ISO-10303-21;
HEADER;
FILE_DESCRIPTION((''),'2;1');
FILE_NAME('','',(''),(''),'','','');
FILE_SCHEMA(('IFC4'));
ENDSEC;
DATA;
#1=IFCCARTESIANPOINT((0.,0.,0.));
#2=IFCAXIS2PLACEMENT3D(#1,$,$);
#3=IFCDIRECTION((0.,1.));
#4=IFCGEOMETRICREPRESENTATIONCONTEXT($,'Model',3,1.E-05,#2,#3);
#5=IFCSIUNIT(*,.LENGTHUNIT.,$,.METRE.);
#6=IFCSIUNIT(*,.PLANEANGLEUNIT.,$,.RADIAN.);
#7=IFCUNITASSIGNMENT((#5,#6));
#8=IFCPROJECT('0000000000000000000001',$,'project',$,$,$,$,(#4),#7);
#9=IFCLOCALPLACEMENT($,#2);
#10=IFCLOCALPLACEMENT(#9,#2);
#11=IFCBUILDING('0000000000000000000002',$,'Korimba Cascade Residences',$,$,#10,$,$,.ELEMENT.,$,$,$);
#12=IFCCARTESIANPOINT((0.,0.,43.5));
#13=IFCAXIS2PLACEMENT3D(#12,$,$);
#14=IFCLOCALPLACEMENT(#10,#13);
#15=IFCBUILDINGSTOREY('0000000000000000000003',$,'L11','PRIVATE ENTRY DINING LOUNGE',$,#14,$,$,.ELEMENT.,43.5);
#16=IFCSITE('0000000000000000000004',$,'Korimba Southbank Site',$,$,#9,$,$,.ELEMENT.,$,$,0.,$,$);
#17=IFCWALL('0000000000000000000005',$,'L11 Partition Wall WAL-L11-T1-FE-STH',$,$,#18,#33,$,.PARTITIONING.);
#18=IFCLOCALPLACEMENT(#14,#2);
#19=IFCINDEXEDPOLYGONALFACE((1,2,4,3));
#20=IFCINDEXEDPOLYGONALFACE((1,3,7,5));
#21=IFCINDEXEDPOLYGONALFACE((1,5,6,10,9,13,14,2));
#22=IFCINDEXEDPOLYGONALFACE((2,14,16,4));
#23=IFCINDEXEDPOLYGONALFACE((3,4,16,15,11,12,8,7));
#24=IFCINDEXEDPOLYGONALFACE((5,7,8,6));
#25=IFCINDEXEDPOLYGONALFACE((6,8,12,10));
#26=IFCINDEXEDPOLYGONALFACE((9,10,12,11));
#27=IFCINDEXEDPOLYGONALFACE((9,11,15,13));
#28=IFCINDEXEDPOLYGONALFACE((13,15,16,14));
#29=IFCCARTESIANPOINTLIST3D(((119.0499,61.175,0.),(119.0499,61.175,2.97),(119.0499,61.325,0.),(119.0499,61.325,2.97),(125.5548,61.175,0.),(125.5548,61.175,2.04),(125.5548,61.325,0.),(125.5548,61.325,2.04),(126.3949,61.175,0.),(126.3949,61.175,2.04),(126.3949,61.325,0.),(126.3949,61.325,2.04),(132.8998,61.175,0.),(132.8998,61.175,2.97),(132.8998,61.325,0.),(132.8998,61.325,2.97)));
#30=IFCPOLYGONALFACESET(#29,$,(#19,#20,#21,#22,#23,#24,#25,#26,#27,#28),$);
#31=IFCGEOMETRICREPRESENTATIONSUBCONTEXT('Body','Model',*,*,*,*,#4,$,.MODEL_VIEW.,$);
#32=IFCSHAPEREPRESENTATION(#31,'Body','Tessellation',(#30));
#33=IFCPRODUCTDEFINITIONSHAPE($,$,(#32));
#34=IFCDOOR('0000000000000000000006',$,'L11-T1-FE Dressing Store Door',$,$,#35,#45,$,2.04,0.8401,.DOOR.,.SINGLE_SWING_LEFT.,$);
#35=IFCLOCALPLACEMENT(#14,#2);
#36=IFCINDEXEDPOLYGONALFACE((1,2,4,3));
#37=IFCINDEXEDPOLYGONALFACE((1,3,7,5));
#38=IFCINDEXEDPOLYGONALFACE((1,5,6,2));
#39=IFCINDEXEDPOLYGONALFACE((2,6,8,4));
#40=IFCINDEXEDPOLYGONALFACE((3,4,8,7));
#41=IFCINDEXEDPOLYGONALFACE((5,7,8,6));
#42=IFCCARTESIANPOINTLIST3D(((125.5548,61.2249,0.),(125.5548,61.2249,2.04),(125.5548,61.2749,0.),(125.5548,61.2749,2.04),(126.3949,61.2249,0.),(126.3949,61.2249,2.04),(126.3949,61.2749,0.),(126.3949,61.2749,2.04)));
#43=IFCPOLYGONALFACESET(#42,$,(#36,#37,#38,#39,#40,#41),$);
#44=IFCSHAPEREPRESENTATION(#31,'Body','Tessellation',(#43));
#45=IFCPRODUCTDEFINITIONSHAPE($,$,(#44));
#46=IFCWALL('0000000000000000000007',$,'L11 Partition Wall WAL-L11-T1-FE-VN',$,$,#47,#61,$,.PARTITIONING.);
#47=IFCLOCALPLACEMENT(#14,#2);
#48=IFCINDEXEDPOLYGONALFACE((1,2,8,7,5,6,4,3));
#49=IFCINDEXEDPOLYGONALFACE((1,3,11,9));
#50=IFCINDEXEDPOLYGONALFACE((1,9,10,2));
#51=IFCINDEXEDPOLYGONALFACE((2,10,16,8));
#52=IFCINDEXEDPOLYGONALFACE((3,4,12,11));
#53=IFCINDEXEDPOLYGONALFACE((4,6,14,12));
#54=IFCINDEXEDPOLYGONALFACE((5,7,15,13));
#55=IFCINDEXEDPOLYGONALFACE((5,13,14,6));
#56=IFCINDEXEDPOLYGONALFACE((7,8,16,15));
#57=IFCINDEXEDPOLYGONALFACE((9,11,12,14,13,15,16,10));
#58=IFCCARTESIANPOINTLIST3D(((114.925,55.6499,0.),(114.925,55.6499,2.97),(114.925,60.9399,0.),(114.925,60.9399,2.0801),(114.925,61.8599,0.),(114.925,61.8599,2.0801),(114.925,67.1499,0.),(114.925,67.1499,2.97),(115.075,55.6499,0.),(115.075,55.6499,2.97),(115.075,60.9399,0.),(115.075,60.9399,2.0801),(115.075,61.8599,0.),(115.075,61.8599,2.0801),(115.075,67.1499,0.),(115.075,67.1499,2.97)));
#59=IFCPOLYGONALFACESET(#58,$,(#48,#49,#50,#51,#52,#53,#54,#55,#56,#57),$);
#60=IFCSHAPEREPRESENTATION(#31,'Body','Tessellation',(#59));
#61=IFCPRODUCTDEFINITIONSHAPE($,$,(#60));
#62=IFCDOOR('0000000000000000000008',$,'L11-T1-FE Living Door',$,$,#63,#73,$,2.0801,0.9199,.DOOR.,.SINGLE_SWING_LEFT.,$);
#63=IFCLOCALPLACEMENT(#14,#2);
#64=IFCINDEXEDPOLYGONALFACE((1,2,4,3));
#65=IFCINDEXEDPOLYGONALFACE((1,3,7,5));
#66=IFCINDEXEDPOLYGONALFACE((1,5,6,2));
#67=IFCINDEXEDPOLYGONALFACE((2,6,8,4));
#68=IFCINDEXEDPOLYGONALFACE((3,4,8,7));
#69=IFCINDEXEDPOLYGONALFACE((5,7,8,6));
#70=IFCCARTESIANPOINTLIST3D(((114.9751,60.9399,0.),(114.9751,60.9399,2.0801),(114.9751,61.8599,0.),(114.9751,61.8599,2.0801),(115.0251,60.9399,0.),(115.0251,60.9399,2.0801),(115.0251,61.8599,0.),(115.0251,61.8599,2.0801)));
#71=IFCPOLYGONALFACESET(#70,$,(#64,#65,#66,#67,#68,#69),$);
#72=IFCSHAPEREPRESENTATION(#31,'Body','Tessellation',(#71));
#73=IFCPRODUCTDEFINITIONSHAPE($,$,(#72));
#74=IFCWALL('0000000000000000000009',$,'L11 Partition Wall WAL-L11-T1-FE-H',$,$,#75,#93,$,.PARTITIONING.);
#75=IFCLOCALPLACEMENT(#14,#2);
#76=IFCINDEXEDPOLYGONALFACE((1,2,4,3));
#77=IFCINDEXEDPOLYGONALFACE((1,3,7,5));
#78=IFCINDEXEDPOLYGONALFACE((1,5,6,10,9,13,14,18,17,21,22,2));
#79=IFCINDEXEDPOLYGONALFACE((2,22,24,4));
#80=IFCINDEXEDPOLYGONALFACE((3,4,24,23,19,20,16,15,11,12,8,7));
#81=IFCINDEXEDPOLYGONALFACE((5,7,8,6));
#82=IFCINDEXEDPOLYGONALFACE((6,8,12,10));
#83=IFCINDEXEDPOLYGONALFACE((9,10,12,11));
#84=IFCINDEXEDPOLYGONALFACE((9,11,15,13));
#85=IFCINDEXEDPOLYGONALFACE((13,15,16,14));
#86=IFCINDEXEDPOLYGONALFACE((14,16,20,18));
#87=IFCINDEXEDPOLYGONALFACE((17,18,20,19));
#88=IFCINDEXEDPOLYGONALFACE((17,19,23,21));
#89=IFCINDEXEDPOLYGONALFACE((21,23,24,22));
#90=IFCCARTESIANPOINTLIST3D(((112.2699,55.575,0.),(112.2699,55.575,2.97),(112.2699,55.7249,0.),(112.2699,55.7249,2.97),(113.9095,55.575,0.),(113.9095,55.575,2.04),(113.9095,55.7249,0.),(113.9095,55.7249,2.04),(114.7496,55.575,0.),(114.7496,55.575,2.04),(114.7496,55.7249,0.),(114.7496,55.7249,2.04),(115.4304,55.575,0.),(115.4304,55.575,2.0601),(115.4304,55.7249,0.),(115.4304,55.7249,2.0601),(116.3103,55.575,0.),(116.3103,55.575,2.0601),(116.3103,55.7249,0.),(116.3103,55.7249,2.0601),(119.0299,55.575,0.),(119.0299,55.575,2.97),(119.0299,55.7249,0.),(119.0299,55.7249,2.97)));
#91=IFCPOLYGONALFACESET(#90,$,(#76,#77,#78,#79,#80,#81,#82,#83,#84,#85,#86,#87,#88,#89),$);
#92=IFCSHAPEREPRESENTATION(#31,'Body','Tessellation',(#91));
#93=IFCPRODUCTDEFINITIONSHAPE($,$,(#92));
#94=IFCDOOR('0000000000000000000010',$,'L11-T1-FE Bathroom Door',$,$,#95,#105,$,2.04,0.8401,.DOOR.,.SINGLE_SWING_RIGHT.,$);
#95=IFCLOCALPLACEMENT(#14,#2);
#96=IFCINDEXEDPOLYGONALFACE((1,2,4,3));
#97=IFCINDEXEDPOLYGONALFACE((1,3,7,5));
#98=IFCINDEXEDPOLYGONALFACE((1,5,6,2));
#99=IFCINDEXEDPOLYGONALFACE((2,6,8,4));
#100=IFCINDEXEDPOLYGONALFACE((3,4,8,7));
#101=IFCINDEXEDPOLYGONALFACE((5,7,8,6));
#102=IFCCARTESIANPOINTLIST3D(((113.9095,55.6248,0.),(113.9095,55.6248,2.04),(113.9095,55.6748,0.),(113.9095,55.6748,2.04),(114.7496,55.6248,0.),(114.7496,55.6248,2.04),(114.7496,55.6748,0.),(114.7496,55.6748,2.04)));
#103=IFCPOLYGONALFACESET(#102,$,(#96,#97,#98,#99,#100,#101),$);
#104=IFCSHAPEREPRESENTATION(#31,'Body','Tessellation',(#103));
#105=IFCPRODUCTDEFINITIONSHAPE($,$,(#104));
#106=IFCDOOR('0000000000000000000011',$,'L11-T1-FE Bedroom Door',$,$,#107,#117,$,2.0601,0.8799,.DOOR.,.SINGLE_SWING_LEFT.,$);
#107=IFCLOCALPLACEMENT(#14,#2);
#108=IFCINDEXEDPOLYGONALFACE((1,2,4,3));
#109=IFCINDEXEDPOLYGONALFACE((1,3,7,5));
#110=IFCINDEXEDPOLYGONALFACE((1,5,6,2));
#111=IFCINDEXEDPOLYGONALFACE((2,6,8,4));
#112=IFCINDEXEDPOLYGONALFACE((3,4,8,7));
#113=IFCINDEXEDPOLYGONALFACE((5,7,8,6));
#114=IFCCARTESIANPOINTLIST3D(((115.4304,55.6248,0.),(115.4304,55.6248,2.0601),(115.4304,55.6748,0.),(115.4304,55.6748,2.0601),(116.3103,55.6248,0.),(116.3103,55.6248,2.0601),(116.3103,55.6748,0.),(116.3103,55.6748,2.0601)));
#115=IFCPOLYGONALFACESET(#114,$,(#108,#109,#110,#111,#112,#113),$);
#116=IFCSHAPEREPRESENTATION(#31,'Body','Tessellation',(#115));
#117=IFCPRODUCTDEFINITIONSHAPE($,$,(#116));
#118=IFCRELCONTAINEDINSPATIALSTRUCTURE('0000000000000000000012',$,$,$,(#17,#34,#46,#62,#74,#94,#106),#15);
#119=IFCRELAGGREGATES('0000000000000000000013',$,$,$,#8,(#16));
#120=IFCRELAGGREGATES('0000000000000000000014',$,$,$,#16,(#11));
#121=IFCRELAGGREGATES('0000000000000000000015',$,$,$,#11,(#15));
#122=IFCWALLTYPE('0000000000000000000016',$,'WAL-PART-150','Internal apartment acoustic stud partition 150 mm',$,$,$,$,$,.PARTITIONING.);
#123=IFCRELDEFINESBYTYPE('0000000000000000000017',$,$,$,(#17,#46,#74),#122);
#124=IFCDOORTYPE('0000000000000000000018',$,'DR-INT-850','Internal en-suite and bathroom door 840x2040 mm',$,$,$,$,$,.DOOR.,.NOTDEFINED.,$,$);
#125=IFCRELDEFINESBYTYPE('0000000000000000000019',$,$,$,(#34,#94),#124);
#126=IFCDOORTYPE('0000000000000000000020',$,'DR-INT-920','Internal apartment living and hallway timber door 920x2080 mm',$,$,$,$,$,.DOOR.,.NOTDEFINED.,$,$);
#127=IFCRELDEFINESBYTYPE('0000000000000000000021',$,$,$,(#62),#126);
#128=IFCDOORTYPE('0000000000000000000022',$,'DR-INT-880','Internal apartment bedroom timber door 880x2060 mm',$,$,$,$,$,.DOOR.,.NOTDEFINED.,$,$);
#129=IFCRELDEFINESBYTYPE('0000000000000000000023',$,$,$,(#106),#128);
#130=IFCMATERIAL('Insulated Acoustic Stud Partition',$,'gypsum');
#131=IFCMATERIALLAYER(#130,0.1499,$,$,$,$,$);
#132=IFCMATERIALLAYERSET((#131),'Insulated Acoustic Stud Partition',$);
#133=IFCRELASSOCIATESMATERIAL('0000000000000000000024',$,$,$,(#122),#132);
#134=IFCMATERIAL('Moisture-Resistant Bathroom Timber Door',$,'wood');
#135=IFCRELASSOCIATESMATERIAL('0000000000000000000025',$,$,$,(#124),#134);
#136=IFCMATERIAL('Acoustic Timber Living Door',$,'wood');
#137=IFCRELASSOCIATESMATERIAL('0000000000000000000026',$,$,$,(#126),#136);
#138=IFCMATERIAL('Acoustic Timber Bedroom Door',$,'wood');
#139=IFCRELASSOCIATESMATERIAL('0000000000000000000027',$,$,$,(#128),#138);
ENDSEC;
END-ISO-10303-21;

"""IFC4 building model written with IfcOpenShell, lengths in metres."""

from ifc_helpers import new_model, si_unit, direction, frame, frame_2d, origin, place, context, subcontext, project, spatial, rectangle, extrude, material, layer, layer_set, type_object, element, fill, save


model = new_model("IFC4")

# Units and contexts
model_context = context("Model", 3, precision=1e-05, world=origin(), true_north=direction((0.0, 1.0)))
body_context = subcontext(model_context, "Body", "Model", "MODEL_VIEW")
ifc_project = project(units=[si_unit("LENGTHUNIT", "METRE"), si_unit("PLANEANGLEUNIT", "RADIAN")], contexts=[model_context])

# Site, building, storey
site_placement = place(None, origin())
site = spatial("IfcSite", under=ifc_project, at=site_placement, Name="Korimba Southbank Site", CompositionType="ELEMENT", RefElevation=0.0)
building_placement = place(site_placement, origin())
building = spatial("IfcBuilding", under=site, at=building_placement, Name="Korimba Cascade Residences", CompositionType="ELEMENT")
storey_placement = place(building_placement, frame((0.0, 0.0, 43.5)))
storey = spatial("IfcBuildingStorey", under=building, at=storey_placement, Name="L11", Description="PRIVATE ENTRY DINING LOUNGE", CompositionType="ELEMENT", Elevation=43.5)

# Walls, openings, doors
ifc_material_1 = material(Name="Insulated Acoustic Stud Partition", Category="gypsum")
ifc_layer_1 = layer(ifc_material_1, 0.1499)
ifc_layer_set_1 = layer_set([ifc_layer_1], Name="Insulated Acoustic Stud Partition")
wall_type_1 = type_object("IfcWallType", Name="WAL-PART-150", Description="Internal apartment acoustic stud partition 150 mm", PredefinedType="PARTITIONING", material=ifc_layer_set_1)
wall_1_placement = place(storey_placement, frame((119.05, 61.25, 0.0), z_axis=(0.0, 0.0, 1.0), x_axis=(1.0, 0.0, 0.0)))
wall_1 = element("IfcWall", 1, at=wall_1_placement, inside=storey, type_object=wall_type_1, Name="L11 Partition Wall WAL-L11-T1-FE-STH", PredefinedType="PARTITIONING", context=body_context, shape_type="SweptSolid", body=[
    extrude(rectangle(XDim=13.8499, YDim=0.1499, at=frame_2d((6.9248, 0.0))), origin(), (0.0, 0.0, 1.0), 2.97),
])
opening_1_placement = place(wall_1_placement, frame((6.5049, 0.0, 0.0)))
opening_1 = element("IfcOpeningElement", 2, at=opening_1_placement, cuts=wall_1, PredefinedType="OPENING", context=body_context, shape_type="SweptSolid", body=[
    extrude(rectangle(XDim=0.8401, YDim=2.04, at=frame_2d((0.4199, 1.02))), frame((0.0, 0.085, 0.0), z_axis=(0.0, -1.0, 0.0), x_axis=(1.0, 0.0, 0.0)), (0.0, 0.0, 1.0), 0.1699),
])
ifc_material_2 = material(Name="Moisture-Resistant Bathroom Timber Door", Category="wood")
door_type_1 = type_object("IfcDoorType", Name="DR-INT-850", Description="Internal en-suite and bathroom door 840x2040 mm", OperationType="NOTDEFINED", PredefinedType="DOOR", material=ifc_material_2)
door_1_placement = place(opening_1_placement, origin())
door_1 = element("IfcDoor", 3, at=door_1_placement, inside=storey, type_object=door_type_1, Name="L11-T1-FE Dressing Store Door", OperationType="SINGLE_SWING_LEFT", OverallHeight=2.04, OverallWidth=0.8401, PredefinedType="DOOR", context=body_context, shape_type="SweptSolid", body=[
    extrude(rectangle(XDim=0.8401, YDim=2.04, at=frame_2d((0.4199, 1.02))), frame((0.0, 0.0249, 0.0), z_axis=(0.0, -1.0, 0.0), x_axis=(1.0, 0.0, 0.0)), (0.0, 0.0, 1.0), 0.05),
])
fill(opening_1, door_1)
wall_2_placement = place(storey_placement, frame((115.0, 55.6499, 0.0), z_axis=(0.0, 0.0, 1.0), x_axis=(0.0, 1.0, 0.0)))
wall_2 = element("IfcWall", 4, at=wall_2_placement, inside=storey, type_object=wall_type_1, Name="L11 Partition Wall WAL-L11-T1-FE-VN", PredefinedType="PARTITIONING", context=body_context, shape_type="SweptSolid", body=[
    extrude(rectangle(XDim=11.5, YDim=0.1499, at=frame_2d((5.75, 0.0))), origin(), (0.0, 0.0, 1.0), 2.97),
])
opening_2_placement = place(wall_2_placement, frame((5.29, 0.0, 0.0)))
opening_2 = element("IfcOpeningElement", 5, at=opening_2_placement, cuts=wall_2, PredefinedType="OPENING", context=body_context, shape_type="SweptSolid", body=[
    extrude(rectangle(XDim=0.9199, YDim=2.0801, at=frame_2d((0.46, 1.04))), frame((0.0, 0.085, 0.0), z_axis=(0.0, -1.0, 0.0), x_axis=(1.0, 0.0, 0.0)), (0.0, 0.0, 1.0), 0.1699),
])
ifc_material_3 = material(Name="Acoustic Timber Living Door", Category="wood")
door_type_2 = type_object("IfcDoorType", Name="DR-INT-920", Description="Internal apartment living and hallway timber door 920x2080 mm", OperationType="NOTDEFINED", PredefinedType="DOOR", material=ifc_material_3)
door_2_placement = place(opening_2_placement, origin())
door_2 = element("IfcDoor", 6, at=door_2_placement, inside=storey, type_object=door_type_2, Name="L11-T1-FE Living Door", OperationType="SINGLE_SWING_LEFT", OverallHeight=2.0801, OverallWidth=0.9199, PredefinedType="DOOR", context=body_context, shape_type="SweptSolid", body=[
    extrude(rectangle(XDim=0.9199, YDim=2.0801, at=frame_2d((0.46, 1.04))), frame((0.0, 0.0249, 0.0), z_axis=(0.0, -1.0, 0.0), x_axis=(1.0, 0.0, 0.0)), (0.0, 0.0, 1.0), 0.05),
])
fill(opening_2, door_2)

# Wall, openings, doors
wall_3_placement = place(storey_placement, frame((112.27, 55.6499, 0.0), z_axis=(0.0, 0.0, 1.0), x_axis=(1.0, 0.0, 0.0)))
wall_3 = element("IfcWall", 7, at=wall_3_placement, inside=storey, type_object=wall_type_1, Name="L11 Partition Wall WAL-L11-T1-FE-H", PredefinedType="PARTITIONING", context=body_context, shape_type="SweptSolid", body=[
    extrude(rectangle(XDim=6.76, YDim=0.1499, at=frame_2d((3.3799, 0.0))), origin(), (0.0, 0.0, 1.0), 2.97),
])
opening_3_placement = place(wall_3_placement, frame((1.6396, 0.0, 0.0)))
opening_3 = element("IfcOpeningElement", 8, at=opening_3_placement, cuts=wall_3, PredefinedType="OPENING", context=body_context, shape_type="SweptSolid", body=[
    extrude(rectangle(XDim=0.8401, YDim=2.04, at=frame_2d((0.4199, 1.02))), frame((0.0, 0.085, 0.0), z_axis=(0.0, -1.0, 0.0), x_axis=(1.0, 0.0, 0.0)), (0.0, 0.0, 1.0), 0.1699),
])
opening_4_placement = place(wall_3_placement, frame((3.1604, 0.0, 0.0)))
opening_4 = element("IfcOpeningElement", 9, at=opening_4_placement, cuts=wall_3, PredefinedType="OPENING", context=body_context, shape_type="SweptSolid", body=[
    extrude(rectangle(XDim=0.8799, YDim=2.0601, at=frame_2d((0.4399, 1.03))), frame((0.0, 0.085, 0.0), z_axis=(0.0, -1.0, 0.0), x_axis=(1.0, 0.0, 0.0)), (0.0, 0.0, 1.0), 0.1699),
])
door_3_placement = place(opening_3_placement, origin())
door_3 = element("IfcDoor", 10, at=door_3_placement, inside=storey, type_object=door_type_1, Name="L11-T1-FE Bathroom Door", OperationType="SINGLE_SWING_RIGHT", OverallHeight=2.04, OverallWidth=0.8401, PredefinedType="DOOR", context=body_context, shape_type="SweptSolid", body=[
    extrude(rectangle(XDim=0.8401, YDim=2.04, at=frame_2d((0.4199, 1.02))), frame((0.0, 0.0249, 0.0), z_axis=(0.0, -1.0, 0.0), x_axis=(1.0, 0.0, 0.0)), (0.0, 0.0, 1.0), 0.05),
])
fill(opening_3, door_3)
ifc_material_4 = material(Name="Acoustic Timber Bedroom Door", Category="wood")
door_type_3 = type_object("IfcDoorType", Name="DR-INT-880", Description="Internal apartment bedroom timber door 880x2060 mm", OperationType="NOTDEFINED", PredefinedType="DOOR", material=ifc_material_4)
door_4_placement = place(opening_4_placement, origin())
door_4 = element("IfcDoor", 11, at=door_4_placement, inside=storey, type_object=door_type_3, Name="L11-T1-FE Bedroom Door", OperationType="SINGLE_SWING_LEFT", OverallHeight=2.0601, OverallWidth=0.8799, PredefinedType="DOOR", context=body_context, shape_type="SweptSolid", body=[
    extrude(rectangle(XDim=0.8799, YDim=2.0601, at=frame_2d((0.4399, 1.03))), frame((0.0, 0.0249, 0.0), z_axis=(0.0, -1.0, 0.0), x_axis=(1.0, 0.0, 0.0)), (0.0, 0.0, 1.0), 0.05),
])
fill(opening_4, door_4)

save(model, "model.ifc")
